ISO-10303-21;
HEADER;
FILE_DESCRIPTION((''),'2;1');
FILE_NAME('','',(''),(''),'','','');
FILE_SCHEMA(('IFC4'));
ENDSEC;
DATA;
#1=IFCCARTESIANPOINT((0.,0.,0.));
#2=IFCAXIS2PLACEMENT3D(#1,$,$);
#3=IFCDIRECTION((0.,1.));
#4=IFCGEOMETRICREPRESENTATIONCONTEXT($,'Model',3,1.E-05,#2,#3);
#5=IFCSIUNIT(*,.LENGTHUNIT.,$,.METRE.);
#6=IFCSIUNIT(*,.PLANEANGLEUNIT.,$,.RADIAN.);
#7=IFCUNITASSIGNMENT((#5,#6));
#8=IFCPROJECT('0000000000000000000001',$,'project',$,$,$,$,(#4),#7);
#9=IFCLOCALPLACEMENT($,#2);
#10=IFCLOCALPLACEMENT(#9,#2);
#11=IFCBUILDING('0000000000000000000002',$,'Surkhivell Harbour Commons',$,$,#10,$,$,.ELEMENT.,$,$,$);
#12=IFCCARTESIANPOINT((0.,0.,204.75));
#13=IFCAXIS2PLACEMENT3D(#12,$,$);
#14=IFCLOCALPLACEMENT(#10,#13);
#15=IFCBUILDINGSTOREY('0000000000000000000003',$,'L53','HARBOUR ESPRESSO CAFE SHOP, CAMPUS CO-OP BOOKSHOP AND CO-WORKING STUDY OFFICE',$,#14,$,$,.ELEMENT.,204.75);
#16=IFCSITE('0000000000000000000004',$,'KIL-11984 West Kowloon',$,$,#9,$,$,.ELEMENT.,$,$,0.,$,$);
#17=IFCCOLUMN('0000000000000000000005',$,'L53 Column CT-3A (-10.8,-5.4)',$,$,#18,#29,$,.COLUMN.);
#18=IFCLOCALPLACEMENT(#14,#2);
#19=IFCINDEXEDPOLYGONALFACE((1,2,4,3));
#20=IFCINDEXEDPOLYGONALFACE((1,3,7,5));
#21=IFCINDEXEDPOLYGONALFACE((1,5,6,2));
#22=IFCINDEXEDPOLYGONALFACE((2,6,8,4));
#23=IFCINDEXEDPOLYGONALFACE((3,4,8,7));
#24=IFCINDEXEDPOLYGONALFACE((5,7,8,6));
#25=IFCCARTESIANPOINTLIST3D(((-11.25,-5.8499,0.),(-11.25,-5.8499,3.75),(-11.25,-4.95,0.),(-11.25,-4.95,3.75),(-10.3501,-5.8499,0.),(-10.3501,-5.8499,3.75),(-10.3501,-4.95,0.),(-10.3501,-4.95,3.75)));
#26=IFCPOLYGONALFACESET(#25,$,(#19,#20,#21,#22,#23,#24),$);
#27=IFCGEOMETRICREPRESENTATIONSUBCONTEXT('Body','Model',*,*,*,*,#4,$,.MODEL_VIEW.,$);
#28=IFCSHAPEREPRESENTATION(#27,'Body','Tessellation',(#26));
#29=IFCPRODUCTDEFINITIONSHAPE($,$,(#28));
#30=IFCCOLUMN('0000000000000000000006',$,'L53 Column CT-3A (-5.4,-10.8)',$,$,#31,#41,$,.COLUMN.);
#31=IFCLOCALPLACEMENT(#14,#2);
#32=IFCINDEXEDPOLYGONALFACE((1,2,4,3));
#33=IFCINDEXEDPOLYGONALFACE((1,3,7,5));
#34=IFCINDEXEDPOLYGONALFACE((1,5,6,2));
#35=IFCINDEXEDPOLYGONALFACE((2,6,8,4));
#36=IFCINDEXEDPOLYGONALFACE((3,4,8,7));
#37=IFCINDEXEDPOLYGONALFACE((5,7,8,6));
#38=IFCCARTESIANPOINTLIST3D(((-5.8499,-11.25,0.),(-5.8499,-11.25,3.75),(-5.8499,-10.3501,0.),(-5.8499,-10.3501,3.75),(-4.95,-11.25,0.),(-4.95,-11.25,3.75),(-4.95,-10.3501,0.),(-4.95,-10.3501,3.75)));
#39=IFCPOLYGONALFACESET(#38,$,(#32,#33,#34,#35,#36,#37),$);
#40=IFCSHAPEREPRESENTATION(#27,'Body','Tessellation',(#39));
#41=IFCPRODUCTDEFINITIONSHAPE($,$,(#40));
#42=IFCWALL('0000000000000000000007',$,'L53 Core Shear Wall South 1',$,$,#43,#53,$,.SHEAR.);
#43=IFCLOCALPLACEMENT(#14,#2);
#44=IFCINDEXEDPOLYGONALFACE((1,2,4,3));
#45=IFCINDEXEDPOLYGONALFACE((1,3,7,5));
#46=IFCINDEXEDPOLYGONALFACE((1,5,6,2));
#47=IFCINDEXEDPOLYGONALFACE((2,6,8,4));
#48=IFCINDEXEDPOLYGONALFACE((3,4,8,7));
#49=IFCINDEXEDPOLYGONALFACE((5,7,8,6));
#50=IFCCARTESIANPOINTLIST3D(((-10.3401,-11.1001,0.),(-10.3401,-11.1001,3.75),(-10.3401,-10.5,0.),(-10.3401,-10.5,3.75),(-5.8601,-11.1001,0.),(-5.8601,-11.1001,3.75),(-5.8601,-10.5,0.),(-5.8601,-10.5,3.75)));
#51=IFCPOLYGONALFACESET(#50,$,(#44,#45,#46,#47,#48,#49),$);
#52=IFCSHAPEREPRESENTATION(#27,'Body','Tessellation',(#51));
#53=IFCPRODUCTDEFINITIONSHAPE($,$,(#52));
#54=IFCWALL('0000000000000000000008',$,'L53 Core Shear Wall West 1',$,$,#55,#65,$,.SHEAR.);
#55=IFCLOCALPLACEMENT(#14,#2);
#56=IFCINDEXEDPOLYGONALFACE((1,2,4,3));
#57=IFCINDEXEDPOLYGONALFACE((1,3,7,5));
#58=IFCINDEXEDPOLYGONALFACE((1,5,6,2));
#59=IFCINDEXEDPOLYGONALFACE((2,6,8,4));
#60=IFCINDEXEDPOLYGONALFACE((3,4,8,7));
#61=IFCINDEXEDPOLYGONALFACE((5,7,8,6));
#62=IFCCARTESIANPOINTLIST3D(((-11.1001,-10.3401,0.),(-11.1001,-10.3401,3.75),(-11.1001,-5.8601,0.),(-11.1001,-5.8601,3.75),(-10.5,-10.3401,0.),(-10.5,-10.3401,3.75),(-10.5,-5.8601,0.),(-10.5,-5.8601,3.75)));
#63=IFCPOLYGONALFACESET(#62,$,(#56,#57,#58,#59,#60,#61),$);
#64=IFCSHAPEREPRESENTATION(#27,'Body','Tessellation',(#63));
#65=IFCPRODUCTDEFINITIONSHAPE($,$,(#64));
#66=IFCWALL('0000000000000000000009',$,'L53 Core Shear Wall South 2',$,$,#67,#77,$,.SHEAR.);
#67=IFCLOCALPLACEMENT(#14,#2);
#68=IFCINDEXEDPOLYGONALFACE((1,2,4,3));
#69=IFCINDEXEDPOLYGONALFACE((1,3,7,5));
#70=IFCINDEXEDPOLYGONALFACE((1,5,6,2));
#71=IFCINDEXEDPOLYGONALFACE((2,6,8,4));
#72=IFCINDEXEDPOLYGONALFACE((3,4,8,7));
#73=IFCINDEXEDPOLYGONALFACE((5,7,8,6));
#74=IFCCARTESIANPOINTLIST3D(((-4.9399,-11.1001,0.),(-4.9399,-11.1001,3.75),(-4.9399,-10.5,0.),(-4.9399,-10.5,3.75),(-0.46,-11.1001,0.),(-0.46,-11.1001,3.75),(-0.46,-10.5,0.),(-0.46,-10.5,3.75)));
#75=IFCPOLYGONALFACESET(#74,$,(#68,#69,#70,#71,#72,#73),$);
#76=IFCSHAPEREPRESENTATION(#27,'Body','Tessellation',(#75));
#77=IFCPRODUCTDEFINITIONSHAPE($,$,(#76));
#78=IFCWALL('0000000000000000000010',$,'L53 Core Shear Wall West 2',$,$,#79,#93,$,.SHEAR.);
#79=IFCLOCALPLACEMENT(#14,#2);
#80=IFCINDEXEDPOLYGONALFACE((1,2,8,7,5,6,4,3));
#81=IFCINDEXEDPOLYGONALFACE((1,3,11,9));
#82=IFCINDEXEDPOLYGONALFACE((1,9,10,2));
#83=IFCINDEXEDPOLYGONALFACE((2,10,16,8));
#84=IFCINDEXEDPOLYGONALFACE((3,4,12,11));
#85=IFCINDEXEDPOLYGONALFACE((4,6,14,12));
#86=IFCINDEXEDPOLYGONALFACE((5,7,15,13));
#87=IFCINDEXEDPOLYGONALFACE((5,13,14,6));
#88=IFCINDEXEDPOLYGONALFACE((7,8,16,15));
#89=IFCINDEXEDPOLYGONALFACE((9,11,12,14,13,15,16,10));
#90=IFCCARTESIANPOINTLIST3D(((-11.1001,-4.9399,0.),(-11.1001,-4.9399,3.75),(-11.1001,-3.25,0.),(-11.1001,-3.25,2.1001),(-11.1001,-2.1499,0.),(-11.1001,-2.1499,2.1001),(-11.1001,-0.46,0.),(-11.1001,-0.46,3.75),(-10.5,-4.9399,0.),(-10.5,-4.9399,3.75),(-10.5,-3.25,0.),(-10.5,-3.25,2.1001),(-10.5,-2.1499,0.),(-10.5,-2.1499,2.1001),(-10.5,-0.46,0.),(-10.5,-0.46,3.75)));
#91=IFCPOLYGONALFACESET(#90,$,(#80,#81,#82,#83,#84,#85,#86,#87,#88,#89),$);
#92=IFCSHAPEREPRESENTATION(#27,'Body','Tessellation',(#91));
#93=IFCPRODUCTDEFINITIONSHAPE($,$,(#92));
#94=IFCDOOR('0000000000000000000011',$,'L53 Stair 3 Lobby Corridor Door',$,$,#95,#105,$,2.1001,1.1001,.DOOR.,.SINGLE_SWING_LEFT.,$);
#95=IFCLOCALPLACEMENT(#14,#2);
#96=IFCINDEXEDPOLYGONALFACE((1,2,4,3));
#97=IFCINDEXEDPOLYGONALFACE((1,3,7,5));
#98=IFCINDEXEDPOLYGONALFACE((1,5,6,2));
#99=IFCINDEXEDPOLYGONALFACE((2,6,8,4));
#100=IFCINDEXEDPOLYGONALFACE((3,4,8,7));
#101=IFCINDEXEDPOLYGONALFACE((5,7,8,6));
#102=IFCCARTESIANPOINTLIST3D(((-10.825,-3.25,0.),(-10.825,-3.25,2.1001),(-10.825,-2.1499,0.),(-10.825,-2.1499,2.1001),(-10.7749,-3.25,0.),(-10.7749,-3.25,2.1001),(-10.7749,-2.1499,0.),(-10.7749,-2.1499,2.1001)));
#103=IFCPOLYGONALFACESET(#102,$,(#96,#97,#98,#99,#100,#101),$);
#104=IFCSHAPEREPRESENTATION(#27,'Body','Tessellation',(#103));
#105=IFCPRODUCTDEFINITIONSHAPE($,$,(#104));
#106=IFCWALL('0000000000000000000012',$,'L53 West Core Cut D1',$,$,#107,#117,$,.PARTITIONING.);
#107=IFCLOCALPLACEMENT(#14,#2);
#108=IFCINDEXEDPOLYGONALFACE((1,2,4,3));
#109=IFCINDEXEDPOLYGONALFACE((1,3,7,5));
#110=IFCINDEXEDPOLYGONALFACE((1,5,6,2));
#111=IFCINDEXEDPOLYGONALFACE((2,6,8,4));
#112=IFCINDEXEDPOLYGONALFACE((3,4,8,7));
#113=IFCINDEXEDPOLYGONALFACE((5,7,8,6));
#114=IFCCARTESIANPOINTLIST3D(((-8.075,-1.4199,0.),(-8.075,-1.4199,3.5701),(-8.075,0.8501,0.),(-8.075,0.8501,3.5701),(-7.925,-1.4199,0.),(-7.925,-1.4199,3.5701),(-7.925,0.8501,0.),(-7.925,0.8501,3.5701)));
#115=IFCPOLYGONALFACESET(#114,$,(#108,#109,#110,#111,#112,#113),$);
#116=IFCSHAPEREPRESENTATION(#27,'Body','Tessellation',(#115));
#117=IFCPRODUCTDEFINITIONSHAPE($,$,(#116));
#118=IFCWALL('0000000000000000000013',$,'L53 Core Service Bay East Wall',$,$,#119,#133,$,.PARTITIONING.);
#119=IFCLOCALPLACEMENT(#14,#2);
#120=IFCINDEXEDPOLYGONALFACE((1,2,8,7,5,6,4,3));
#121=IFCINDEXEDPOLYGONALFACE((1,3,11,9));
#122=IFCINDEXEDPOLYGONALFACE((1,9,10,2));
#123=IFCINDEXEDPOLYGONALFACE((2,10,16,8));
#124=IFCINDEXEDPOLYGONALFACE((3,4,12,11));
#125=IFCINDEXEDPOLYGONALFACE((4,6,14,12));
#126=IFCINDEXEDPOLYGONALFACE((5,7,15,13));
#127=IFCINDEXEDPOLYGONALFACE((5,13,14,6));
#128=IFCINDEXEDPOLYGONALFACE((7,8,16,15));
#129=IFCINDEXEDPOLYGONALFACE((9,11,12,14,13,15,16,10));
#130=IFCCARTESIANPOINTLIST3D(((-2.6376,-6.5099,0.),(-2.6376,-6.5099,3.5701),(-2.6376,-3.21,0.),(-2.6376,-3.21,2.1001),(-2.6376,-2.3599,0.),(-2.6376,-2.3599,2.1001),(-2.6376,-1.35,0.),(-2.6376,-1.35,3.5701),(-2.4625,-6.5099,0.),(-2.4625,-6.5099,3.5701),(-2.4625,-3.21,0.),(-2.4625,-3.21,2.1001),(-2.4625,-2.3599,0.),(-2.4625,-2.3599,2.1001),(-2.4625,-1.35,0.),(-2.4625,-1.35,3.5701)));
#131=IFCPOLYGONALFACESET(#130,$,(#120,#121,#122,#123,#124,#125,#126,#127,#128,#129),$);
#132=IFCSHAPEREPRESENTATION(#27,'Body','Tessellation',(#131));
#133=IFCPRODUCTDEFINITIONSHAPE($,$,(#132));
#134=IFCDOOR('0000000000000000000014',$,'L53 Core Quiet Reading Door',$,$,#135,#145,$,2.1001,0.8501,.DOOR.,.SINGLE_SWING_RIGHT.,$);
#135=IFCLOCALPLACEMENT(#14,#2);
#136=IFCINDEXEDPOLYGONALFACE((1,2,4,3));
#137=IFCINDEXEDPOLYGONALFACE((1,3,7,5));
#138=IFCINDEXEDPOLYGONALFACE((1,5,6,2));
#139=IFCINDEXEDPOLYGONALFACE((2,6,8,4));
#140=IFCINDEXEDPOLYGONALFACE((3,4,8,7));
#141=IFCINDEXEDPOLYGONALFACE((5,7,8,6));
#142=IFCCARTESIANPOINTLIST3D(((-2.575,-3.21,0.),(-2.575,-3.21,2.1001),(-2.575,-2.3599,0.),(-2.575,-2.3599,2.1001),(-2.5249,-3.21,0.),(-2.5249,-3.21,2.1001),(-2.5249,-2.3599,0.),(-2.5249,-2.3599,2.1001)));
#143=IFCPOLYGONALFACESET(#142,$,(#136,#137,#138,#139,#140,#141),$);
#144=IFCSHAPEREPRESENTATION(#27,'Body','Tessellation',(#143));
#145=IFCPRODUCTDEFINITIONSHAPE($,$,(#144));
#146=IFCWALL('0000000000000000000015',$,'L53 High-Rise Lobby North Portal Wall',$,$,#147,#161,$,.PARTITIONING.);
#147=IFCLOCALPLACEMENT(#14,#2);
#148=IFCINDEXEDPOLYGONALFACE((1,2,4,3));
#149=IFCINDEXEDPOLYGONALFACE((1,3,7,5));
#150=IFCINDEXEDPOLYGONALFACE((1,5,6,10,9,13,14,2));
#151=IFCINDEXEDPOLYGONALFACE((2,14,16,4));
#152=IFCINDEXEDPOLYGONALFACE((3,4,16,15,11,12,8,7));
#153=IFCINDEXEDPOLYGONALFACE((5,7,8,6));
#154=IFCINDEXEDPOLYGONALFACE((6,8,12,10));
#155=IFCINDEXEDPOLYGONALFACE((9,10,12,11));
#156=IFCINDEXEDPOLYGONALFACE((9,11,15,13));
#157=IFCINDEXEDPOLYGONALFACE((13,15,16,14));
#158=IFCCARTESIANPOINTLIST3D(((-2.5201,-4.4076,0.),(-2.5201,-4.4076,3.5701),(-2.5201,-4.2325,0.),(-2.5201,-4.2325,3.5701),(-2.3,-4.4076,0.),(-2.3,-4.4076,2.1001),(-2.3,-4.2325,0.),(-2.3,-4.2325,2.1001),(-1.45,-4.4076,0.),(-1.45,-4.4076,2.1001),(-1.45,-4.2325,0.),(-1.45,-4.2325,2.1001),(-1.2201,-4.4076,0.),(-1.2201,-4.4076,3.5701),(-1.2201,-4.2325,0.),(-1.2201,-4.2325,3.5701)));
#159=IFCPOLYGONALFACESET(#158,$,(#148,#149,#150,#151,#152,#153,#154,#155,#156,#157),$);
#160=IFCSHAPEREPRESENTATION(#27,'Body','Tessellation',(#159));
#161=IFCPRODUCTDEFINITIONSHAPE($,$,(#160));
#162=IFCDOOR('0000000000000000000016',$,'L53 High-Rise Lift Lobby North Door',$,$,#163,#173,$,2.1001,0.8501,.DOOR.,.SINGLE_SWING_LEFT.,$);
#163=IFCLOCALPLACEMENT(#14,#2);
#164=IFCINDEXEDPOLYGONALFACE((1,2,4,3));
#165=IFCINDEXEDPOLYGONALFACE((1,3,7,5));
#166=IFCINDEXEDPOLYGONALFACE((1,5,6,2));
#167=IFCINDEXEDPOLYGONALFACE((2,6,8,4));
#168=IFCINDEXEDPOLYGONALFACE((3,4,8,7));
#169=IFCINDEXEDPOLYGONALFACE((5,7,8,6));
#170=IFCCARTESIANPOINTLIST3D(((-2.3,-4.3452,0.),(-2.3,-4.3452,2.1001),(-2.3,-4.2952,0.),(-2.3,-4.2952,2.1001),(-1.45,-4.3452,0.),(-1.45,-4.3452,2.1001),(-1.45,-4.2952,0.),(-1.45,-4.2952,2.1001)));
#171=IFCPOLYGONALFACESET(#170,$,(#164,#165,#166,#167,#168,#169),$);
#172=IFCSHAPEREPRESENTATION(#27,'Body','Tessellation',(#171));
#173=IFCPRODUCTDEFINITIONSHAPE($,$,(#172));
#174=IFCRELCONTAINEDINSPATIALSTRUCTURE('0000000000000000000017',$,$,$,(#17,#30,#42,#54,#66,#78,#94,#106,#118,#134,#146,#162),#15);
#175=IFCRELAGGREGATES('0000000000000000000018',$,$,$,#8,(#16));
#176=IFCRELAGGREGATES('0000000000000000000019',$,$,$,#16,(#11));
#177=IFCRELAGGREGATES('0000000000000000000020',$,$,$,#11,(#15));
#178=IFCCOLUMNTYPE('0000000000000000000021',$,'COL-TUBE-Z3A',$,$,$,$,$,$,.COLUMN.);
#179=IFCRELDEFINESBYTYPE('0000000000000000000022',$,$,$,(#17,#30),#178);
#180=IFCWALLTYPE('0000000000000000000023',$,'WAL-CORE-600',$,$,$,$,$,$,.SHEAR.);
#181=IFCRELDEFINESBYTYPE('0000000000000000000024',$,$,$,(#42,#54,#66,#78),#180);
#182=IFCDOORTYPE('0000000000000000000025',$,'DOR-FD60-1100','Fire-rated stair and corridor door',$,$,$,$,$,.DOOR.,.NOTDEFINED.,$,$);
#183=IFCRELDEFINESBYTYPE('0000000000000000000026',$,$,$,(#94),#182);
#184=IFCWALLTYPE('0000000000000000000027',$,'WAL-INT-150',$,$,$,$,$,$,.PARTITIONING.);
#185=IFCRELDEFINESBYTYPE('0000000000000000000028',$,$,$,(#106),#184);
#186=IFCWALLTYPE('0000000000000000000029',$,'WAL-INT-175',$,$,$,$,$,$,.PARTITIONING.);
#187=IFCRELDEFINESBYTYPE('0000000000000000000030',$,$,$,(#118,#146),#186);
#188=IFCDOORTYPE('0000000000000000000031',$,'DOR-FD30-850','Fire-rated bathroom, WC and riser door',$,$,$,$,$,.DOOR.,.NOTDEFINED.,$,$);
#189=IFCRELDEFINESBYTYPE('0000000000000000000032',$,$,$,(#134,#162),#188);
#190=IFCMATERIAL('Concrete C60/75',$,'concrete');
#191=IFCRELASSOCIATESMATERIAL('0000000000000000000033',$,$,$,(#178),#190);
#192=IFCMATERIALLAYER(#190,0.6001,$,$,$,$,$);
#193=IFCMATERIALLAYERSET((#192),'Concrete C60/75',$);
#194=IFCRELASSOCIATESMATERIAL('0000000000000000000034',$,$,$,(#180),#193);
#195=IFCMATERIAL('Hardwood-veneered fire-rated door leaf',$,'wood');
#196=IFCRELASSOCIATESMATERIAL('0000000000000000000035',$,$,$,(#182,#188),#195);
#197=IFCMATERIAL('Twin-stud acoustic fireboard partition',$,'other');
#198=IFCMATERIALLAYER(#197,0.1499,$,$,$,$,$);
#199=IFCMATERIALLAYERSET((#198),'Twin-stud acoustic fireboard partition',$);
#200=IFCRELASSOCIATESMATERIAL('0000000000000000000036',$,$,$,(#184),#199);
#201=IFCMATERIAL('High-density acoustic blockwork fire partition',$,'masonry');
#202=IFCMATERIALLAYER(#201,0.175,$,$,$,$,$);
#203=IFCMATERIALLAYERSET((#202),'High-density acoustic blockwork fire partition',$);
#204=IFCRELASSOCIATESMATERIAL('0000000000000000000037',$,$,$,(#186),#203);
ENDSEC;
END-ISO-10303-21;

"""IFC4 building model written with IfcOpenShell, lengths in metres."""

from ifc_helpers import new_model, si_unit, direction, frame, frame_2d, origin, origin_2d, place, context, subcontext, project, spatial, rectangle, extrude, material, layer, layer_set, material_profile, profile_set, type_object, element, fill, save


model = new_model("IFC4")

# Units and contexts
model_context = context("Model", 3, precision=1e-05, world=origin(), true_north=direction((0.0, 1.0)))
body_context = subcontext(model_context, "Body", "Model", "MODEL_VIEW")
ifc_project = project(units=[si_unit("LENGTHUNIT", "METRE"), si_unit("PLANEANGLEUNIT", "RADIAN")], contexts=[model_context])

# Site, building, storey
site_placement = place(None, origin())
site = spatial("IfcSite", under=ifc_project, at=site_placement, Name="KIL-11984 West Kowloon", CompositionType="ELEMENT", RefElevation=0.0)
building_placement = place(site_placement, origin())
building = spatial("IfcBuilding", under=site, at=building_placement, Name="Surkhivell Harbour Commons", CompositionType="ELEMENT")
storey_placement = place(building_placement, frame((0.0, 0.0, 204.75)))
storey = spatial("IfcBuildingStorey", under=building, at=storey_placement, Name="L53", Description="HARBOUR ESPRESSO CAFE SHOP, CAMPUS CO-OP BOOKSHOP AND CO-WORKING STUDY OFFICE", CompositionType="ELEMENT", Elevation=204.75)

# Columns
ifc_material_1 = material(Name="Concrete C60/75", Category="concrete")
ifc_material_profile = material_profile(ifc_material_1, rectangle(XDim=0.8999, YDim=0.8999, at=origin_2d()), Name="RC-COL-900x900")
ifc_profile_set = profile_set([ifc_material_profile], Name="Concrete C60/75")
column_type = type_object("IfcColumnType", Name="COL-TUBE-Z3A", PredefinedType="COLUMN", material=ifc_profile_set)
for number, where, z_axis, x_axis, name in (
    (1, (-10.8, -5.3999, 0.0), (0.0, 0.0, 1.0), (1.0, 0.0, 0.0), "L53 Column CT-3A (-10.8,-5.4)"),
    (2, (-5.3999, -10.8, 0.0), (0.0, 0.0, 1.0), (1.0, 0.0, 0.0), "L53 Column CT-3A (-5.4,-10.8)"),
):
    element("IfcColumn", number, at=place(storey_placement, frame(where, z_axis=z_axis, x_axis=x_axis)), inside=storey, type_object=column_type, Name=name, PredefinedType="COLUMN", context=body_context, shape_type="SweptSolid", body=[
        extrude(rectangle(XDim=0.8999, YDim=0.8999, at=origin_2d()), origin(), (0.0, 0.0, 1.0), 3.75),
    ])

# Walls
ifc_layer_1 = layer(ifc_material_1, 0.6001)
ifc_layer_set_1 = layer_set([ifc_layer_1], Name="Concrete C60/75")
wall_type_1 = type_object("IfcWallType", Name="WAL-CORE-600", PredefinedType="SHEAR", material=ifc_layer_set_1)
for number, where, z_axis, x_axis, name in (
    (3, (-10.3401, -10.8, 0.0), (0.0, 0.0, 1.0), (1.0, 0.0, 0.0), "L53 Core Shear Wall South 1"),
    (4, (-10.8, -10.3401, 0.0), (0.0, 0.0, 1.0), (0.0, 1.0, 0.0), "L53 Core Shear Wall West 1"),
    (5, (-4.9399, -10.8, 0.0), (0.0, 0.0, 1.0), (1.0, 0.0, 0.0), "L53 Core Shear Wall South 2"),
):
    element("IfcWall", number, at=place(storey_placement, frame(where, z_axis=z_axis, x_axis=x_axis)), inside=storey, type_object=wall_type_1, Name=name, PredefinedType="SHEAR", context=body_context, shape_type="SweptSolid", body=[
        extrude(rectangle(XDim=4.48, YDim=0.6001, at=frame_2d((2.24, 0.0))), origin(), (0.0, 0.0, 1.0), 3.75),
    ])

# Wall, opening, door
wall_1_placement = place(storey_placement, frame((-10.8, -4.9399, 0.0), z_axis=(0.0, 0.0, 1.0), x_axis=(0.0, 1.0, 0.0)))
wall_1 = element("IfcWall", 6, at=wall_1_placement, inside=storey, type_object=wall_type_1, Name="L53 Core Shear Wall West 2", PredefinedType="SHEAR", context=body_context, shape_type="SweptSolid", body=[
    extrude(rectangle(XDim=4.48, YDim=0.6001, at=frame_2d((2.24, 0.0))), origin(), (0.0, 0.0, 1.0), 3.75),
])
opening_1_placement = place(wall_1_placement, frame((1.6899, 0.0, 0.0)))
opening_1 = element("IfcOpeningElement", 7, at=opening_1_placement, cuts=wall_1, PredefinedType="OPENING", context=body_context, shape_type="SweptSolid", body=[
    extrude(rectangle(XDim=1.1001, YDim=2.1001, at=frame_2d((0.55, 1.05))), frame((0.0, 0.3101, 0.0), z_axis=(0.0, -1.0, 0.0), x_axis=(1.0, 0.0, 0.0)), (0.0, 0.0, 1.0), 0.6201),
])
ifc_material_2 = material(Name="Hardwood-veneered fire-rated door leaf", Category="wood")
door_type_1 = type_object("IfcDoorType", Name="DOR-FD60-1100", Description="Fire-rated stair and corridor door", OperationType="NOTDEFINED", PredefinedType="DOOR", material=ifc_material_2)
door_1_placement = place(opening_1_placement, origin())
door_1 = element("IfcDoor", 8, at=door_1_placement, inside=storey, type_object=door_type_1, Name="L53 Stair 3 Lobby Corridor Door", OperationType="SINGLE_SWING_LEFT", OverallHeight=2.1001, OverallWidth=1.1001, PredefinedType="DOOR", context=body_context, shape_type="SweptSolid", body=[
    extrude(rectangle(XDim=1.1001, YDim=2.1001, at=frame_2d((0.55, 1.05))), frame((0.0, 0.0249, 0.0), z_axis=(0.0, -1.0, 0.0), x_axis=(1.0, 0.0, 0.0)), (0.0, 0.0, 1.0), 0.05),
])
fill(opening_1, door_1)

# Wall
ifc_material_3 = material(Name="Twin-stud acoustic fireboard partition", Category="other")
ifc_layer_2 = layer(ifc_material_3, 0.1499)
ifc_layer_set_2 = layer_set([ifc_layer_2], Name="Twin-stud acoustic fireboard partition")
wall_type_2 = type_object("IfcWallType", Name="WAL-INT-150", PredefinedType="PARTITIONING", material=ifc_layer_set_2)
wall_2_placement = place(storey_placement, frame((-8.0, -1.4199, 0.0), z_axis=(0.0, 0.0, 1.0), x_axis=(0.0, 1.0, 0.0)))
element("IfcWall", 9, at=wall_2_placement, inside=storey, type_object=wall_type_2, Name="L53 West Core Cut D1", PredefinedType="PARTITIONING", context=body_context, shape_type="SweptSolid", body=[
    extrude(rectangle(XDim=2.27, YDim=0.1499, at=frame_2d((1.135, 0.0))), origin(), (0.0, 0.0, 1.0), 3.5701),
])

# Walls, openings, doors
ifc_material_4 = material(Name="High-density acoustic blockwork fire partition", Category="masonry")
ifc_layer_3 = layer(ifc_material_4, 0.175)
ifc_layer_set_3 = layer_set([ifc_layer_3], Name="High-density acoustic blockwork fire partition")
wall_type_3 = type_object("IfcWallType", Name="WAL-INT-175", PredefinedType="PARTITIONING", material=ifc_layer_set_3)
wall_3_placement = place(storey_placement, frame((-2.55, -6.51, 0.0), z_axis=(0.0, 0.0, 1.0), x_axis=(0.0, 1.0, 0.0)))
wall_3 = element("IfcWall", 10, at=wall_3_placement, inside=storey, type_object=wall_type_3, Name="L53 Core Service Bay East Wall", PredefinedType="PARTITIONING", context=body_context, shape_type="SweptSolid", body=[
    extrude(rectangle(XDim=5.1599, YDim=0.175, at=frame_2d((2.5801, 0.0))), origin(), (0.0, 0.0, 1.0), 3.5701),
])
opening_2_placement = place(wall_3_placement, frame((3.3, 0.0, 0.0)))
opening_2 = element("IfcOpeningElement", 11, at=opening_2_placement, cuts=wall_3, PredefinedType="OPENING", context=body_context, shape_type="SweptSolid", body=[
    extrude(rectangle(XDim=0.8501, YDim=2.1001, at=frame_2d((0.425, 1.05))), frame((0.0, 0.0974, 0.0), z_axis=(0.0, -1.0, 0.0), x_axis=(1.0, 0.0, 0.0)), (0.0, 0.0, 1.0), 0.1951),
])
door_type_2 = type_object("IfcDoorType", Name="DOR-FD30-850", Description="Fire-rated bathroom, WC and riser door", OperationType="NOTDEFINED", PredefinedType="DOOR", material=ifc_material_2)
door_2_placement = place(opening_2_placement, origin())
door_2 = element("IfcDoor", 12, at=door_2_placement, inside=storey, type_object=door_type_2, Name="L53 Core Quiet Reading Door", OperationType="SINGLE_SWING_RIGHT", OverallHeight=2.1001, OverallWidth=0.8501, PredefinedType="DOOR", context=body_context, shape_type="SweptSolid", body=[
    extrude(rectangle(XDim=0.8501, YDim=2.1001, at=frame_2d((0.425, 1.05))), frame((0.0, 0.0249, 0.0), z_axis=(0.0, -1.0, 0.0), x_axis=(1.0, 0.0, 0.0)), (0.0, 0.0, 1.0), 0.05),
])
fill(opening_2, door_2)
wall_4_placement = place(storey_placement, frame((-2.52, -4.3201, 0.0), z_axis=(0.0, 0.0, 1.0), x_axis=(1.0, 0.0, 0.0)))
wall_4 = element("IfcWall", 13, at=wall_4_placement, inside=storey, type_object=wall_type_3, Name="L53 High-Rise Lobby North Portal Wall", PredefinedType="PARTITIONING", context=body_context, shape_type="SweptSolid", body=[
    extrude(rectangle(XDim=1.3, YDim=0.175, at=frame_2d((0.6499, 0.0))), origin(), (0.0, 0.0, 1.0), 3.5701),
])
opening_3_placement = place(wall_4_placement, frame((0.22, 0.0, 0.0)))
opening_3 = element("IfcOpeningElement", 14, at=opening_3_placement, cuts=wall_4, PredefinedType="OPENING", context=body_context, shape_type="SweptSolid", body=[
    extrude(rectangle(XDim=0.8501, YDim=2.1001, at=frame_2d((0.425, 1.05))), frame((0.0, 0.0974, 0.0), z_axis=(0.0, -1.0, 0.0), x_axis=(1.0, 0.0, 0.0)), (0.0, 0.0, 1.0), 0.1951),
])
door_3_placement = place(opening_3_placement, origin())
door_3 = element("IfcDoor", 15, at=door_3_placement, inside=storey, type_object=door_type_2, Name="L53 High-Rise Lift Lobby North Door", OperationType="SINGLE_SWING_LEFT", OverallHeight=2.1001, OverallWidth=0.8501, PredefinedType="DOOR", context=body_context, shape_type="SweptSolid", body=[
    extrude(rectangle(XDim=0.8501, YDim=2.1001, at=frame_2d((0.425, 1.05))), frame((0.0, 0.0249, 0.0), z_axis=(0.0, -1.0, 0.0), x_axis=(1.0, 0.0, 0.0)), (0.0, 0.0, 1.0), 0.05),
])
fill(opening_3, door_3)

save(model, "model.ifc")
